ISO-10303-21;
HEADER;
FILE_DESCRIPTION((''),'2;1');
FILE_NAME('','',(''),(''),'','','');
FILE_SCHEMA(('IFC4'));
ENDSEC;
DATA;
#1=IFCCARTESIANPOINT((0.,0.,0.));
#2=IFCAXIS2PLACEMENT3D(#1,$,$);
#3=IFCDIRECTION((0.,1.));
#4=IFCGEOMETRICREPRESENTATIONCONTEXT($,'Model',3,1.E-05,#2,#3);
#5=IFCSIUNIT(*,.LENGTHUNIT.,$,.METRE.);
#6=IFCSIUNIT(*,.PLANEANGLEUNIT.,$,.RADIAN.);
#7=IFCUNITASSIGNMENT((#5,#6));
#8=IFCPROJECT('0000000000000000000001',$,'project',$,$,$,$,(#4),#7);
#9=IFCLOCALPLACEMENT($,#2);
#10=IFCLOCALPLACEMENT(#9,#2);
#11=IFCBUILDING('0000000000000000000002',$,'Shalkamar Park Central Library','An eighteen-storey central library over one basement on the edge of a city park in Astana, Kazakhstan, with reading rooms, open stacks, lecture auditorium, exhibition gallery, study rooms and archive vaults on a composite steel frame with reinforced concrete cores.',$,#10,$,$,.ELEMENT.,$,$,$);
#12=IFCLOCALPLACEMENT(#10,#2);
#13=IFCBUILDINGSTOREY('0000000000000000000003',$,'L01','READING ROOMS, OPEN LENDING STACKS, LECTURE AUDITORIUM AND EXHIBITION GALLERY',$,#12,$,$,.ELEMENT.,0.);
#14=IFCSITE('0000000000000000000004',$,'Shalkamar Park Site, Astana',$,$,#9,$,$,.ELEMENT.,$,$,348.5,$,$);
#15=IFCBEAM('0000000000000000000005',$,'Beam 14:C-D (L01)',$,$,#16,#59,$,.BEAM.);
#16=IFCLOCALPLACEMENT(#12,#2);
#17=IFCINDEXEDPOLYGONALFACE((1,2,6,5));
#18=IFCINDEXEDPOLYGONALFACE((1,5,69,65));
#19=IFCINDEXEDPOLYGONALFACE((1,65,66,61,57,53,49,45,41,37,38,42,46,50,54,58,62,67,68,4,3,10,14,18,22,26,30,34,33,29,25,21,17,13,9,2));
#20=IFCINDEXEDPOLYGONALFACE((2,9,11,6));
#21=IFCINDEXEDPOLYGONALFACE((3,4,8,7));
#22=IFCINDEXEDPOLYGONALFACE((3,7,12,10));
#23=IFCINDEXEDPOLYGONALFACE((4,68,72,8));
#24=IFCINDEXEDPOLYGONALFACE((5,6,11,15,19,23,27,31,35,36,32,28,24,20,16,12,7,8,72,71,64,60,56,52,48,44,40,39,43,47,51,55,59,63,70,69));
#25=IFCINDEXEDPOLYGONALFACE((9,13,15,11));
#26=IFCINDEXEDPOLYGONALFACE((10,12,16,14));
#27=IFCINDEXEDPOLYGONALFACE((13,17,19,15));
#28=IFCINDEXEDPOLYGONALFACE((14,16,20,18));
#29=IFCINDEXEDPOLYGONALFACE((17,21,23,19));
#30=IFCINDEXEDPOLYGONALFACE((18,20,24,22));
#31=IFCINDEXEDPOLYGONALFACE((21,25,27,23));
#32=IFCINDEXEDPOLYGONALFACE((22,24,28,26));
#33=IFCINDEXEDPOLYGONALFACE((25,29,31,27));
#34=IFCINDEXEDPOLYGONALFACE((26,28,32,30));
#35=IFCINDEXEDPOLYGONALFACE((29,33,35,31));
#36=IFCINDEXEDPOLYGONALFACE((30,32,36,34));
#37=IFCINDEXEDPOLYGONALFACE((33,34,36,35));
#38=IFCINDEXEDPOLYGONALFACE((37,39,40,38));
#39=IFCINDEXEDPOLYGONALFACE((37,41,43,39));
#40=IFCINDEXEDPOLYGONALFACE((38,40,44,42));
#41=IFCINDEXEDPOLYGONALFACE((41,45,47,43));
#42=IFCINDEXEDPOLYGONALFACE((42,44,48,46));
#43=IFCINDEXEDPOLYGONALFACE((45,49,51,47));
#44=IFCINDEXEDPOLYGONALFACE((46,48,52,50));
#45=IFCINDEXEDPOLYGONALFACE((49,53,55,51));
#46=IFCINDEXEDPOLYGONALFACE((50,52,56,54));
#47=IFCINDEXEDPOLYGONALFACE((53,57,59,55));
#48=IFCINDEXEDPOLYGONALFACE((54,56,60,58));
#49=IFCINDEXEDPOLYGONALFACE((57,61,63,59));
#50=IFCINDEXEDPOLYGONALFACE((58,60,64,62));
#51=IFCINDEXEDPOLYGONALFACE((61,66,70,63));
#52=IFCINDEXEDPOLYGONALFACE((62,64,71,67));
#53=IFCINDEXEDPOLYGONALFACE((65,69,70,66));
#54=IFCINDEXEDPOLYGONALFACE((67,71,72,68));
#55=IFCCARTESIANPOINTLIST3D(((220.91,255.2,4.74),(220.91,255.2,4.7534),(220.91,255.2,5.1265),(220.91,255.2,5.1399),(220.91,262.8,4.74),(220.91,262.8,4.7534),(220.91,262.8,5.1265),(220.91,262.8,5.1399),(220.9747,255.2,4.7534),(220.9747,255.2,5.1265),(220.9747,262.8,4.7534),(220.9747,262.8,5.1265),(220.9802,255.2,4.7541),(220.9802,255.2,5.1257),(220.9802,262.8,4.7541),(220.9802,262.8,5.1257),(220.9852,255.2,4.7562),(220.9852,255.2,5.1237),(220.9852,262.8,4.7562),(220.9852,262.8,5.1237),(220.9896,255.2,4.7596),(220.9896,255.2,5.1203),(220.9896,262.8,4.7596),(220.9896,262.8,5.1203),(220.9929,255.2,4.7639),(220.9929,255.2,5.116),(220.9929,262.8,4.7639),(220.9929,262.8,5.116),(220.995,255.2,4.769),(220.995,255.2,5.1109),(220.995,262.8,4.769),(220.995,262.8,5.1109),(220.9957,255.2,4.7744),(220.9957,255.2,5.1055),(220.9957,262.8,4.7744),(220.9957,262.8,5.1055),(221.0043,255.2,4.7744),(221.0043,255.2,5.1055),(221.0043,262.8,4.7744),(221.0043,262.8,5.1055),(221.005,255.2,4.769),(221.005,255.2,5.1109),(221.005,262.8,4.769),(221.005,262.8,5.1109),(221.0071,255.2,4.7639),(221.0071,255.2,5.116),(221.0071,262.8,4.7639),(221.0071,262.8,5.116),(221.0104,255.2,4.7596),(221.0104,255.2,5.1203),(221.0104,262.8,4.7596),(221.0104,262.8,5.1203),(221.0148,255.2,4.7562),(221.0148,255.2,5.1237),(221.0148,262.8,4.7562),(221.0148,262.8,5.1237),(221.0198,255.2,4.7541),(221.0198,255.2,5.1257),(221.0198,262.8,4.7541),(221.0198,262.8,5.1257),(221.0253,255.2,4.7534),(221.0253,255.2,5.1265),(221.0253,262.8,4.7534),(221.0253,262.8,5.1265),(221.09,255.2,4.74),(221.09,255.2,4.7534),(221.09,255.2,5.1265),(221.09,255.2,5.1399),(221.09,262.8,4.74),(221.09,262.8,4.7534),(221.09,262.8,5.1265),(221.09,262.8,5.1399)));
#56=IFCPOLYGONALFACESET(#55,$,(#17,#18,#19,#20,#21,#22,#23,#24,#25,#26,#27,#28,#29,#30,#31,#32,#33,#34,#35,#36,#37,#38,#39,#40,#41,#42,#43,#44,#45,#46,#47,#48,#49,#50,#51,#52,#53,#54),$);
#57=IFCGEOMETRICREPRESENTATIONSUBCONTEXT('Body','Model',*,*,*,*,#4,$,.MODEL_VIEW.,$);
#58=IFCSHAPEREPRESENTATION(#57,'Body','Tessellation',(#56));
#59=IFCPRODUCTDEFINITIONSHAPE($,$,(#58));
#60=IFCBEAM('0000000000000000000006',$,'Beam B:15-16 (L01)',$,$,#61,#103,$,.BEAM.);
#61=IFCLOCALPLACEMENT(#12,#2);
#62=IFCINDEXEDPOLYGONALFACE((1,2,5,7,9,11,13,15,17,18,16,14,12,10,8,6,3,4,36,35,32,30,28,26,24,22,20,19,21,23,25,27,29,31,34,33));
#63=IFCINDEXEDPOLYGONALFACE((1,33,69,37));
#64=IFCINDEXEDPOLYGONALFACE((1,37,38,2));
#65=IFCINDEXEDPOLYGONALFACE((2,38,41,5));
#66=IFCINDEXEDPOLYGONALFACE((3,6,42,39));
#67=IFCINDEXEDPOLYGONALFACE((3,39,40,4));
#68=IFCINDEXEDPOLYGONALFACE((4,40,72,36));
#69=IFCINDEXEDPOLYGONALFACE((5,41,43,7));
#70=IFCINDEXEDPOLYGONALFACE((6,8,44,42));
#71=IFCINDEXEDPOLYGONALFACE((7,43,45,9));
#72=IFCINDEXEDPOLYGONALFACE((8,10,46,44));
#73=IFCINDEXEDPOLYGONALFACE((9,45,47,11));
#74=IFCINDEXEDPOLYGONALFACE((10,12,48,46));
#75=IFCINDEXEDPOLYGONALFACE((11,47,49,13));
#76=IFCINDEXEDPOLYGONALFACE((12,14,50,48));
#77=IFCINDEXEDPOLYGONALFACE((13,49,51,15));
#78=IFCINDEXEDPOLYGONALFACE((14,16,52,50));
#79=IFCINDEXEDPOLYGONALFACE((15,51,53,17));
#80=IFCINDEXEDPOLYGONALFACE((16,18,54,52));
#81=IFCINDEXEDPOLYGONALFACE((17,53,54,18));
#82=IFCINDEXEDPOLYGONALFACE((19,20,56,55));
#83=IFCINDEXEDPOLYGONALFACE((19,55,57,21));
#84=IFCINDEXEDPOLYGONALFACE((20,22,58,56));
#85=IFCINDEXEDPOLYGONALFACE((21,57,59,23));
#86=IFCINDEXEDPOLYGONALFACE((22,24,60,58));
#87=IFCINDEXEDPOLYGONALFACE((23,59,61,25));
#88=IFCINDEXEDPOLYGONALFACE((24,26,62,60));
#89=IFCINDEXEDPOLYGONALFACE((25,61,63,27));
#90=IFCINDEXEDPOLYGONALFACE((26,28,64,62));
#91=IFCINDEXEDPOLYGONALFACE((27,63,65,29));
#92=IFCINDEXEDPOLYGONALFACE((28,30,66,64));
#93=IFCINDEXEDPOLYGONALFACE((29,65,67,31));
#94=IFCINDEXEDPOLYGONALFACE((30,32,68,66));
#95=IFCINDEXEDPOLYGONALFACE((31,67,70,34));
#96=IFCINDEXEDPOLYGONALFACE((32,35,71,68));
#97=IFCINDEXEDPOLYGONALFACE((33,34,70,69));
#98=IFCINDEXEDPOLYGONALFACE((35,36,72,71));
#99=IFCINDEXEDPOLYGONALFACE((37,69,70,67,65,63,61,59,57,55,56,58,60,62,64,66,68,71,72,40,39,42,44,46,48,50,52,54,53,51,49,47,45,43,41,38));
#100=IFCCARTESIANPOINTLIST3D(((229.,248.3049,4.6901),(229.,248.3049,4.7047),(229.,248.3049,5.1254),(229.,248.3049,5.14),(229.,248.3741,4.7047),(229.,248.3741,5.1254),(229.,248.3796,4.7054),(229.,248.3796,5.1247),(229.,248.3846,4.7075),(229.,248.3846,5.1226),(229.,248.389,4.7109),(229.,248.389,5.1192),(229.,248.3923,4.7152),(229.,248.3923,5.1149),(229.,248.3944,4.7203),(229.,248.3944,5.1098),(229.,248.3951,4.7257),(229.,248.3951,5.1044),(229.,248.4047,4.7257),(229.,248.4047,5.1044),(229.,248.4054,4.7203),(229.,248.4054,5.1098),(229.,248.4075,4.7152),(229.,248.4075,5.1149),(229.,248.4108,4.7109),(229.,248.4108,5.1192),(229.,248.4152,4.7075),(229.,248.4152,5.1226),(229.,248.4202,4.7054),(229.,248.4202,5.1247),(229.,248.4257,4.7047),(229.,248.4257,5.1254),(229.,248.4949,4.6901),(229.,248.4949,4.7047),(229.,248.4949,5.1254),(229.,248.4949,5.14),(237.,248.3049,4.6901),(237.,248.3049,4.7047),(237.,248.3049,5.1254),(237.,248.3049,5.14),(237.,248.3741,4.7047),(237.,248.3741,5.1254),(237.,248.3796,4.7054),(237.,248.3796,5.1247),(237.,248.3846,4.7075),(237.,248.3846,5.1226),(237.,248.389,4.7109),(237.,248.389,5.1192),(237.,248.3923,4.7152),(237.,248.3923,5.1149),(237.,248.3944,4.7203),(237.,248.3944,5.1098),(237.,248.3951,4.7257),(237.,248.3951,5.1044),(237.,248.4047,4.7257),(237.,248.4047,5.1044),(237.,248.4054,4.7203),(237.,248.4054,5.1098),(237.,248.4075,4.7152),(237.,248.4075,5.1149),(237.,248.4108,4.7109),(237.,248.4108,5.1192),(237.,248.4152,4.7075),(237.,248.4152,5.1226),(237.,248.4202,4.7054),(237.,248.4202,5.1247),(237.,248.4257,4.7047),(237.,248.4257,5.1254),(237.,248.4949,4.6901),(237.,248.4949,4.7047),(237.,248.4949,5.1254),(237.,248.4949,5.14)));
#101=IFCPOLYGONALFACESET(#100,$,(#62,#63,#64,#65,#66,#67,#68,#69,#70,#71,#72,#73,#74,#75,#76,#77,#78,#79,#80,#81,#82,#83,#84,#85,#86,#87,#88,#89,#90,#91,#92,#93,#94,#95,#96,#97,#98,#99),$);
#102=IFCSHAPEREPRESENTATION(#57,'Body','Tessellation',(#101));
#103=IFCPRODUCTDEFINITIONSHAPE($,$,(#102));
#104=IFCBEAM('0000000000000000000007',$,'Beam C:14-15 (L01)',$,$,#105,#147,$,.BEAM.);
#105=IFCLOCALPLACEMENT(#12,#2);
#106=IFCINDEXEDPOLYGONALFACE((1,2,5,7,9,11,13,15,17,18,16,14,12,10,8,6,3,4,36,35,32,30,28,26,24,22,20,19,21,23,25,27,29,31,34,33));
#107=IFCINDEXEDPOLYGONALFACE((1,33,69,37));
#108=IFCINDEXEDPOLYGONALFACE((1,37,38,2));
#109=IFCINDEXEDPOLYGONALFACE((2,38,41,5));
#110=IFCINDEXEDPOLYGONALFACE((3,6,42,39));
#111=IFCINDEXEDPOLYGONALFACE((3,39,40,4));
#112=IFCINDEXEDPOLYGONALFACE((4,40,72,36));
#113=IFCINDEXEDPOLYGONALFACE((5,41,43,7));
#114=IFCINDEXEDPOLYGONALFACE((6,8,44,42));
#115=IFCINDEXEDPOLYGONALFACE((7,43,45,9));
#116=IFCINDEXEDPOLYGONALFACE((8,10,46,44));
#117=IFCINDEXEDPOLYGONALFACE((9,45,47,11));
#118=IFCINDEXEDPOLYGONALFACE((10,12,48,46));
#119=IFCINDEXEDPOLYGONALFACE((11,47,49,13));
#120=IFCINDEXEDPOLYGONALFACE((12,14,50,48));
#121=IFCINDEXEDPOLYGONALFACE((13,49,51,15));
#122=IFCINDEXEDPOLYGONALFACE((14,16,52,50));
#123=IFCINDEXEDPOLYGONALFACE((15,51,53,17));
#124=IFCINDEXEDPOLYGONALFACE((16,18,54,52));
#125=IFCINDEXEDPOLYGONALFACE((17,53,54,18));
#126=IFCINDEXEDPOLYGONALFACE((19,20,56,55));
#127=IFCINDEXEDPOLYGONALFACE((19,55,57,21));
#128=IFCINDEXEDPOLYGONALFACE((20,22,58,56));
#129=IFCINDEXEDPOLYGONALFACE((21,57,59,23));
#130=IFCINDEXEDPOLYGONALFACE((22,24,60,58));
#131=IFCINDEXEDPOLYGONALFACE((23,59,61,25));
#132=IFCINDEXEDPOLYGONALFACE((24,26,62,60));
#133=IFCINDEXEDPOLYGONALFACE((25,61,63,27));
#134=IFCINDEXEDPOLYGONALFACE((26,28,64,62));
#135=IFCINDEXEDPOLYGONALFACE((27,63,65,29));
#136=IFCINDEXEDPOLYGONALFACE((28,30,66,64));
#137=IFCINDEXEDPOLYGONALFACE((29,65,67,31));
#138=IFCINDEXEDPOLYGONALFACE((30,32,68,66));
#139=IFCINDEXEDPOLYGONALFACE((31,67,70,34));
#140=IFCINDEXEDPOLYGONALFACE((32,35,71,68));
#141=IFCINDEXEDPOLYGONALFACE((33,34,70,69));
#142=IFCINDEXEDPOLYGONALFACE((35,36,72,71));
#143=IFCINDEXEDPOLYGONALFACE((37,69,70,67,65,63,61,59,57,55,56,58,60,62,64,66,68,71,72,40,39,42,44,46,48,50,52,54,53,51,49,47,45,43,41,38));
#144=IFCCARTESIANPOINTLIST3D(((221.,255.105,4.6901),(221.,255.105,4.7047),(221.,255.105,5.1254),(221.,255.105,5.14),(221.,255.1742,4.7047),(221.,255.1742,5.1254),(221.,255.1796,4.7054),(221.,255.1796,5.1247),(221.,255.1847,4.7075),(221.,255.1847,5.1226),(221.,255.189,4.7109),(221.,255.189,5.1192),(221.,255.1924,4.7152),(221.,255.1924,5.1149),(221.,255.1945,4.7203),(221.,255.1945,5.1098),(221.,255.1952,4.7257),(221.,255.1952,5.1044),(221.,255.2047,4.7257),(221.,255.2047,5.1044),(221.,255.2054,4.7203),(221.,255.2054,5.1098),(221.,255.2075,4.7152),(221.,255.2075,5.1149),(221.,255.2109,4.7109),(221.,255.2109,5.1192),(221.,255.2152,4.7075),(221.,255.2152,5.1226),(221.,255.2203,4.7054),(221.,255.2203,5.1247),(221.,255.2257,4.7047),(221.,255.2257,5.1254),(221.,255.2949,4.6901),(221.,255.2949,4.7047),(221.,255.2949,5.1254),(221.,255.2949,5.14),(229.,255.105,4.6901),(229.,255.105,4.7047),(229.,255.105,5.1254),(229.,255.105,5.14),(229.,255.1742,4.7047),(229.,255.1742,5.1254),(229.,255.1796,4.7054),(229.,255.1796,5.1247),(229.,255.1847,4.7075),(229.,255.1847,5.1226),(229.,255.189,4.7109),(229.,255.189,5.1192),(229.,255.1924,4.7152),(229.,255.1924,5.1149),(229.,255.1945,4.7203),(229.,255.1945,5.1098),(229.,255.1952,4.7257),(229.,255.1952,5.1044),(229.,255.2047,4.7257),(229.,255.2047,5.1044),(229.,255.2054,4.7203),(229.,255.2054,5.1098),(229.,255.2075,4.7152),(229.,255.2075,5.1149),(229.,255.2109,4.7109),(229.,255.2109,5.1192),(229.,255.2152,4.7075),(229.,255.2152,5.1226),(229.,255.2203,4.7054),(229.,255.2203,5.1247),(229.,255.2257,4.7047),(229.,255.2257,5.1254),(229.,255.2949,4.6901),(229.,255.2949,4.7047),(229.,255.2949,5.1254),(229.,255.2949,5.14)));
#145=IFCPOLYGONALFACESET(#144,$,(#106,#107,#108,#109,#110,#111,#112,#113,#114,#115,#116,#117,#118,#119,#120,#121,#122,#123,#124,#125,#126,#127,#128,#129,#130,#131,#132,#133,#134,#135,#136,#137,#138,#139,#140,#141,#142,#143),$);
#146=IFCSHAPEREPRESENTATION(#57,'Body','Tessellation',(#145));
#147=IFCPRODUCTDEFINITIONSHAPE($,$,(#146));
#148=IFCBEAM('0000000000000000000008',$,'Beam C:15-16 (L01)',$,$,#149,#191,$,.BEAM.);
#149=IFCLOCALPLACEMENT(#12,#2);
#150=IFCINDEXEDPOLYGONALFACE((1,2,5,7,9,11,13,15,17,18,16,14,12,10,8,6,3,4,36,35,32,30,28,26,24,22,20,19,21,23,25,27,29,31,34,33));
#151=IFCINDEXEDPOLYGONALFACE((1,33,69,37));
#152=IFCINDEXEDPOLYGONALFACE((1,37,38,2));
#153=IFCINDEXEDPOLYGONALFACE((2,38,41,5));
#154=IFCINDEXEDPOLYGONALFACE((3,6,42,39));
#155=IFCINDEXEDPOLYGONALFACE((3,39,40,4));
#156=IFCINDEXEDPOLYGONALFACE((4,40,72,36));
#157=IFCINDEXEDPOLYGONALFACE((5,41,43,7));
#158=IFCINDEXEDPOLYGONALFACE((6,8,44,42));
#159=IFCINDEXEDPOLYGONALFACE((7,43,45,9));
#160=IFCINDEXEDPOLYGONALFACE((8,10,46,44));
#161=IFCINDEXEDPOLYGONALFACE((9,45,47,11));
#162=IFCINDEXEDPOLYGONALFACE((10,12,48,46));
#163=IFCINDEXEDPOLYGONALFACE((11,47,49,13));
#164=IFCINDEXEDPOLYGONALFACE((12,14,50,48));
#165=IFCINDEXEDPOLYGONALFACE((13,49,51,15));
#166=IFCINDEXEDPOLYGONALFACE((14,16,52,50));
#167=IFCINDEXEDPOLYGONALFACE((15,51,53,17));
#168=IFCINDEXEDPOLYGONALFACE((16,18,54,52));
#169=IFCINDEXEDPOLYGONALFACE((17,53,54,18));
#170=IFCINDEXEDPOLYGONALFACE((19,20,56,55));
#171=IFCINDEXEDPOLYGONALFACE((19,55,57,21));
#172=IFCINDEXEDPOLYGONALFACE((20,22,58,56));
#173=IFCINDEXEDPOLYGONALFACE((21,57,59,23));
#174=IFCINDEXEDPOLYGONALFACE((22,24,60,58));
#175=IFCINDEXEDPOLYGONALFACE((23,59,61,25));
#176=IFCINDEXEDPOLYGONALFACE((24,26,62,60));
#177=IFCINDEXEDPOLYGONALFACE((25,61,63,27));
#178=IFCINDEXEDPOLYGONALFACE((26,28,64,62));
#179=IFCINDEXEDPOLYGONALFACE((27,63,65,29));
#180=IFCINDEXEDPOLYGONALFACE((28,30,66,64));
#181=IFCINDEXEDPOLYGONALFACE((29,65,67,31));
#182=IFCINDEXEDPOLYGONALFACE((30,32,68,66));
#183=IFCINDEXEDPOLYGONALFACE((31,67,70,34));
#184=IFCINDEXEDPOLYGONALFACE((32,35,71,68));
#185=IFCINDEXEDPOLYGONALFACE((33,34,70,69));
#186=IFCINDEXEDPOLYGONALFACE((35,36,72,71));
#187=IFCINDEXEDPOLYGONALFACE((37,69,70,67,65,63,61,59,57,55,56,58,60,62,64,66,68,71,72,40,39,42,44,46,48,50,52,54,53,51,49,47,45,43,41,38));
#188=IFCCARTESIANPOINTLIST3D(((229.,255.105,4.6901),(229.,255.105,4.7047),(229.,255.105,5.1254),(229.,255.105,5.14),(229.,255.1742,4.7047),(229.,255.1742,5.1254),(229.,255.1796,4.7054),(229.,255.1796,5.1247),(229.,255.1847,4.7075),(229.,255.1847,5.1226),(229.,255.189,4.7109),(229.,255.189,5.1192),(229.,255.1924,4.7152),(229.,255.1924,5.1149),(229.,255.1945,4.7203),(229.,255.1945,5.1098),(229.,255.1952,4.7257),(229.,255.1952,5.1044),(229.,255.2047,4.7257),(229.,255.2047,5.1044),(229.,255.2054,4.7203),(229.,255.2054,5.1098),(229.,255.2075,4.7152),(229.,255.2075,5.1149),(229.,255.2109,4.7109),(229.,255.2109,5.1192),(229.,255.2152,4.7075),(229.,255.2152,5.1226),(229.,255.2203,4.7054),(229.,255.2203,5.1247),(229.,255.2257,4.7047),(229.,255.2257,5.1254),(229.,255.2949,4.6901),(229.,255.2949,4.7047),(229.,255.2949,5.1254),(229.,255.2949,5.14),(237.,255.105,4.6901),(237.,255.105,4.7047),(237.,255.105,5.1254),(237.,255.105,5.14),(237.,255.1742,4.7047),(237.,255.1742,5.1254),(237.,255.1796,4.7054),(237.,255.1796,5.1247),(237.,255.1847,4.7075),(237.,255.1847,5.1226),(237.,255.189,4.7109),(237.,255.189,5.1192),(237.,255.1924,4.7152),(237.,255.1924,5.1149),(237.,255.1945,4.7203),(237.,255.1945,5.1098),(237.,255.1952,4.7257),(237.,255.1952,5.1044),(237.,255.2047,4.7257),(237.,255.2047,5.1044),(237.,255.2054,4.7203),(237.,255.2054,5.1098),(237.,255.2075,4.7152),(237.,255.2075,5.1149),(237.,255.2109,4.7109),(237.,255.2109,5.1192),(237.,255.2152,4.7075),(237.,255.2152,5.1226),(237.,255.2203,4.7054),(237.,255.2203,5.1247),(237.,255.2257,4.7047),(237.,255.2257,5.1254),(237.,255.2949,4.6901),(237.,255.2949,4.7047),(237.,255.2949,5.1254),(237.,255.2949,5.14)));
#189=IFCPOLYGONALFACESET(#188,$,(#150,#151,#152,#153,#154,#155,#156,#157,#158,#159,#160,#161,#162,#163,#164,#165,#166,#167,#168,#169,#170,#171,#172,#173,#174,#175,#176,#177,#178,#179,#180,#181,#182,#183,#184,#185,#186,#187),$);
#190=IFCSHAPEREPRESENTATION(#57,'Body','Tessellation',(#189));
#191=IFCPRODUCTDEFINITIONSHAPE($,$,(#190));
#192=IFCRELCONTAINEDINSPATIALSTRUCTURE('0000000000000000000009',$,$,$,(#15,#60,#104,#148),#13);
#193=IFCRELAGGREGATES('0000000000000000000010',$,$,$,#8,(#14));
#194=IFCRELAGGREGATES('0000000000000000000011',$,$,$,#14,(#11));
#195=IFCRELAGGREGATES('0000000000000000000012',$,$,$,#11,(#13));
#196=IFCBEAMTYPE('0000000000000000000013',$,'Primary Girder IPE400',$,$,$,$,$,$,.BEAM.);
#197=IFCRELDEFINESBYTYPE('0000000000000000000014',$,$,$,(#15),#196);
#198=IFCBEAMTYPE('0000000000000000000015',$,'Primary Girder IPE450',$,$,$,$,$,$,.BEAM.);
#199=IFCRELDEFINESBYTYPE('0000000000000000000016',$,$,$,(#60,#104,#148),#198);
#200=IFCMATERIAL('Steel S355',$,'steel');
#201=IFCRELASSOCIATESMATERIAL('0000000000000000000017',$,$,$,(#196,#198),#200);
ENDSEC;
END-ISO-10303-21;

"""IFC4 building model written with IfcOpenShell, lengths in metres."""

from ifc_helpers import new_model, si_unit, direction, frame, origin, origin_2d, place, context, subcontext, project, spatial, i_section, extrude, material, material_profile, profile_set, type_object, element, save


model = new_model("IFC4")

# Units and contexts
model_context = context("Model", 3, precision=1e-05, world=origin(), true_north=direction((0.0, 1.0)))
body_context = subcontext(model_context, "Body", "Model", "MODEL_VIEW")
ifc_project = project(units=[si_unit("LENGTHUNIT", "METRE"), si_unit("PLANEANGLEUNIT", "RADIAN")], contexts=[model_context])

# Site, building, storey
site_placement = place(None, origin())
site = spatial("IfcSite", under=ifc_project, at=site_placement, Name="Shalkamar Park Site, Astana", CompositionType="ELEMENT", RefElevation=348.5)
building_placement = place(site_placement, origin())
building = spatial("IfcBuilding", under=site, at=building_placement, Name="Shalkamar Park Central Library", Description="An eighteen-storey central library over one basement on the edge of a city park in Astana, Kazakhstan, with reading rooms, open stacks, lecture auditorium, exhibition gallery, study rooms and archive vaults on a composite steel frame with reinforced concrete cores.", CompositionType="ELEMENT")
storey_placement = place(building_placement, origin())
storey = spatial("IfcBuildingStorey", under=building, at=storey_placement, Name="L01", Description="READING ROOMS, OPEN LENDING STACKS, LECTURE AUDITORIUM AND EXHIBITION GALLERY", CompositionType="ELEMENT", Elevation=0.0)

# Shared definitions
ifc_material_1 = material(Name="Steel S355", Category="steel")

# Beams
ifc_material_profile_1 = material_profile(ifc_material_1, i_section(OverallWidth=0.1799, OverallDepth=0.3999, WebThickness=0.0085, FlangeThickness=0.0134, FilletRadius=0.021, at=origin_2d()), Name="IPE 400")
ifc_profile_set_1 = profile_set([ifc_material_profile_1], Name="Steel S355")
beam_type_1 = type_object("IfcBeamType", Name="Primary Girder IPE400", PredefinedType="BEAM", material=ifc_profile_set_1)
beam_1_placement = place(storey_placement, frame((221.0, 255.2, 4.9399), z_axis=(0.0, 1.0, 0.0), x_axis=(-1.0, 0.0, 0.0)))
element("IfcBeam", 1, at=beam_1_placement, inside=storey, type_object=beam_type_1, Name="Beam 14:C-D (L01)", PredefinedType="BEAM", context=body_context, shape_type="SweptSolid", body=[
    extrude(i_section(OverallWidth=0.1799, OverallDepth=0.3999, WebThickness=0.0085, FlangeThickness=0.0134, FilletRadius=0.021, at=origin_2d()), origin(), (0.0, 0.0, 1.0), 7.6001),
])
ifc_material_profile_2 = material_profile(ifc_material_1, i_section(OverallWidth=0.1899, OverallDepth=0.45, WebThickness=0.0095, FlangeThickness=0.0146, FilletRadius=0.021, at=origin_2d()), Name="IPE 450")
ifc_profile_set_2 = profile_set([ifc_material_profile_2], Name="Steel S355")
beam_type_2 = type_object("IfcBeamType", Name="Primary Girder IPE450", PredefinedType="BEAM", material=ifc_profile_set_2)
for number, where, z_axis, x_axis, name in (
    (2, (229.0, 248.3999, 4.915), (1.0, 0.0, 0.0), (0.0, 1.0, 0.0), "Beam B:15-16 (L01)"),
    (3, (221.0, 255.2, 4.915), (1.0, 0.0, 0.0), (0.0, 1.0, 0.0), "Beam C:14-15 (L01)"),
    (4, (229.0, 255.2, 4.915), (1.0, 0.0, 0.0), (0.0, 1.0, 0.0), "Beam C:15-16 (L01)"),
):
    element("IfcBeam", number, at=place(storey_placement, frame(where, z_axis=z_axis, x_axis=x_axis)), inside=storey, type_object=beam_type_2, Name=name, PredefinedType="BEAM", context=body_context, shape_type="SweptSolid", body=[
        extrude(i_section(OverallWidth=0.1899, OverallDepth=0.45, WebThickness=0.0095, FlangeThickness=0.0146, FilletRadius=0.021, at=origin_2d()), origin(), (0.0, 0.0, 1.0), 8.0),
    ])

save(model, "model.ifc")
